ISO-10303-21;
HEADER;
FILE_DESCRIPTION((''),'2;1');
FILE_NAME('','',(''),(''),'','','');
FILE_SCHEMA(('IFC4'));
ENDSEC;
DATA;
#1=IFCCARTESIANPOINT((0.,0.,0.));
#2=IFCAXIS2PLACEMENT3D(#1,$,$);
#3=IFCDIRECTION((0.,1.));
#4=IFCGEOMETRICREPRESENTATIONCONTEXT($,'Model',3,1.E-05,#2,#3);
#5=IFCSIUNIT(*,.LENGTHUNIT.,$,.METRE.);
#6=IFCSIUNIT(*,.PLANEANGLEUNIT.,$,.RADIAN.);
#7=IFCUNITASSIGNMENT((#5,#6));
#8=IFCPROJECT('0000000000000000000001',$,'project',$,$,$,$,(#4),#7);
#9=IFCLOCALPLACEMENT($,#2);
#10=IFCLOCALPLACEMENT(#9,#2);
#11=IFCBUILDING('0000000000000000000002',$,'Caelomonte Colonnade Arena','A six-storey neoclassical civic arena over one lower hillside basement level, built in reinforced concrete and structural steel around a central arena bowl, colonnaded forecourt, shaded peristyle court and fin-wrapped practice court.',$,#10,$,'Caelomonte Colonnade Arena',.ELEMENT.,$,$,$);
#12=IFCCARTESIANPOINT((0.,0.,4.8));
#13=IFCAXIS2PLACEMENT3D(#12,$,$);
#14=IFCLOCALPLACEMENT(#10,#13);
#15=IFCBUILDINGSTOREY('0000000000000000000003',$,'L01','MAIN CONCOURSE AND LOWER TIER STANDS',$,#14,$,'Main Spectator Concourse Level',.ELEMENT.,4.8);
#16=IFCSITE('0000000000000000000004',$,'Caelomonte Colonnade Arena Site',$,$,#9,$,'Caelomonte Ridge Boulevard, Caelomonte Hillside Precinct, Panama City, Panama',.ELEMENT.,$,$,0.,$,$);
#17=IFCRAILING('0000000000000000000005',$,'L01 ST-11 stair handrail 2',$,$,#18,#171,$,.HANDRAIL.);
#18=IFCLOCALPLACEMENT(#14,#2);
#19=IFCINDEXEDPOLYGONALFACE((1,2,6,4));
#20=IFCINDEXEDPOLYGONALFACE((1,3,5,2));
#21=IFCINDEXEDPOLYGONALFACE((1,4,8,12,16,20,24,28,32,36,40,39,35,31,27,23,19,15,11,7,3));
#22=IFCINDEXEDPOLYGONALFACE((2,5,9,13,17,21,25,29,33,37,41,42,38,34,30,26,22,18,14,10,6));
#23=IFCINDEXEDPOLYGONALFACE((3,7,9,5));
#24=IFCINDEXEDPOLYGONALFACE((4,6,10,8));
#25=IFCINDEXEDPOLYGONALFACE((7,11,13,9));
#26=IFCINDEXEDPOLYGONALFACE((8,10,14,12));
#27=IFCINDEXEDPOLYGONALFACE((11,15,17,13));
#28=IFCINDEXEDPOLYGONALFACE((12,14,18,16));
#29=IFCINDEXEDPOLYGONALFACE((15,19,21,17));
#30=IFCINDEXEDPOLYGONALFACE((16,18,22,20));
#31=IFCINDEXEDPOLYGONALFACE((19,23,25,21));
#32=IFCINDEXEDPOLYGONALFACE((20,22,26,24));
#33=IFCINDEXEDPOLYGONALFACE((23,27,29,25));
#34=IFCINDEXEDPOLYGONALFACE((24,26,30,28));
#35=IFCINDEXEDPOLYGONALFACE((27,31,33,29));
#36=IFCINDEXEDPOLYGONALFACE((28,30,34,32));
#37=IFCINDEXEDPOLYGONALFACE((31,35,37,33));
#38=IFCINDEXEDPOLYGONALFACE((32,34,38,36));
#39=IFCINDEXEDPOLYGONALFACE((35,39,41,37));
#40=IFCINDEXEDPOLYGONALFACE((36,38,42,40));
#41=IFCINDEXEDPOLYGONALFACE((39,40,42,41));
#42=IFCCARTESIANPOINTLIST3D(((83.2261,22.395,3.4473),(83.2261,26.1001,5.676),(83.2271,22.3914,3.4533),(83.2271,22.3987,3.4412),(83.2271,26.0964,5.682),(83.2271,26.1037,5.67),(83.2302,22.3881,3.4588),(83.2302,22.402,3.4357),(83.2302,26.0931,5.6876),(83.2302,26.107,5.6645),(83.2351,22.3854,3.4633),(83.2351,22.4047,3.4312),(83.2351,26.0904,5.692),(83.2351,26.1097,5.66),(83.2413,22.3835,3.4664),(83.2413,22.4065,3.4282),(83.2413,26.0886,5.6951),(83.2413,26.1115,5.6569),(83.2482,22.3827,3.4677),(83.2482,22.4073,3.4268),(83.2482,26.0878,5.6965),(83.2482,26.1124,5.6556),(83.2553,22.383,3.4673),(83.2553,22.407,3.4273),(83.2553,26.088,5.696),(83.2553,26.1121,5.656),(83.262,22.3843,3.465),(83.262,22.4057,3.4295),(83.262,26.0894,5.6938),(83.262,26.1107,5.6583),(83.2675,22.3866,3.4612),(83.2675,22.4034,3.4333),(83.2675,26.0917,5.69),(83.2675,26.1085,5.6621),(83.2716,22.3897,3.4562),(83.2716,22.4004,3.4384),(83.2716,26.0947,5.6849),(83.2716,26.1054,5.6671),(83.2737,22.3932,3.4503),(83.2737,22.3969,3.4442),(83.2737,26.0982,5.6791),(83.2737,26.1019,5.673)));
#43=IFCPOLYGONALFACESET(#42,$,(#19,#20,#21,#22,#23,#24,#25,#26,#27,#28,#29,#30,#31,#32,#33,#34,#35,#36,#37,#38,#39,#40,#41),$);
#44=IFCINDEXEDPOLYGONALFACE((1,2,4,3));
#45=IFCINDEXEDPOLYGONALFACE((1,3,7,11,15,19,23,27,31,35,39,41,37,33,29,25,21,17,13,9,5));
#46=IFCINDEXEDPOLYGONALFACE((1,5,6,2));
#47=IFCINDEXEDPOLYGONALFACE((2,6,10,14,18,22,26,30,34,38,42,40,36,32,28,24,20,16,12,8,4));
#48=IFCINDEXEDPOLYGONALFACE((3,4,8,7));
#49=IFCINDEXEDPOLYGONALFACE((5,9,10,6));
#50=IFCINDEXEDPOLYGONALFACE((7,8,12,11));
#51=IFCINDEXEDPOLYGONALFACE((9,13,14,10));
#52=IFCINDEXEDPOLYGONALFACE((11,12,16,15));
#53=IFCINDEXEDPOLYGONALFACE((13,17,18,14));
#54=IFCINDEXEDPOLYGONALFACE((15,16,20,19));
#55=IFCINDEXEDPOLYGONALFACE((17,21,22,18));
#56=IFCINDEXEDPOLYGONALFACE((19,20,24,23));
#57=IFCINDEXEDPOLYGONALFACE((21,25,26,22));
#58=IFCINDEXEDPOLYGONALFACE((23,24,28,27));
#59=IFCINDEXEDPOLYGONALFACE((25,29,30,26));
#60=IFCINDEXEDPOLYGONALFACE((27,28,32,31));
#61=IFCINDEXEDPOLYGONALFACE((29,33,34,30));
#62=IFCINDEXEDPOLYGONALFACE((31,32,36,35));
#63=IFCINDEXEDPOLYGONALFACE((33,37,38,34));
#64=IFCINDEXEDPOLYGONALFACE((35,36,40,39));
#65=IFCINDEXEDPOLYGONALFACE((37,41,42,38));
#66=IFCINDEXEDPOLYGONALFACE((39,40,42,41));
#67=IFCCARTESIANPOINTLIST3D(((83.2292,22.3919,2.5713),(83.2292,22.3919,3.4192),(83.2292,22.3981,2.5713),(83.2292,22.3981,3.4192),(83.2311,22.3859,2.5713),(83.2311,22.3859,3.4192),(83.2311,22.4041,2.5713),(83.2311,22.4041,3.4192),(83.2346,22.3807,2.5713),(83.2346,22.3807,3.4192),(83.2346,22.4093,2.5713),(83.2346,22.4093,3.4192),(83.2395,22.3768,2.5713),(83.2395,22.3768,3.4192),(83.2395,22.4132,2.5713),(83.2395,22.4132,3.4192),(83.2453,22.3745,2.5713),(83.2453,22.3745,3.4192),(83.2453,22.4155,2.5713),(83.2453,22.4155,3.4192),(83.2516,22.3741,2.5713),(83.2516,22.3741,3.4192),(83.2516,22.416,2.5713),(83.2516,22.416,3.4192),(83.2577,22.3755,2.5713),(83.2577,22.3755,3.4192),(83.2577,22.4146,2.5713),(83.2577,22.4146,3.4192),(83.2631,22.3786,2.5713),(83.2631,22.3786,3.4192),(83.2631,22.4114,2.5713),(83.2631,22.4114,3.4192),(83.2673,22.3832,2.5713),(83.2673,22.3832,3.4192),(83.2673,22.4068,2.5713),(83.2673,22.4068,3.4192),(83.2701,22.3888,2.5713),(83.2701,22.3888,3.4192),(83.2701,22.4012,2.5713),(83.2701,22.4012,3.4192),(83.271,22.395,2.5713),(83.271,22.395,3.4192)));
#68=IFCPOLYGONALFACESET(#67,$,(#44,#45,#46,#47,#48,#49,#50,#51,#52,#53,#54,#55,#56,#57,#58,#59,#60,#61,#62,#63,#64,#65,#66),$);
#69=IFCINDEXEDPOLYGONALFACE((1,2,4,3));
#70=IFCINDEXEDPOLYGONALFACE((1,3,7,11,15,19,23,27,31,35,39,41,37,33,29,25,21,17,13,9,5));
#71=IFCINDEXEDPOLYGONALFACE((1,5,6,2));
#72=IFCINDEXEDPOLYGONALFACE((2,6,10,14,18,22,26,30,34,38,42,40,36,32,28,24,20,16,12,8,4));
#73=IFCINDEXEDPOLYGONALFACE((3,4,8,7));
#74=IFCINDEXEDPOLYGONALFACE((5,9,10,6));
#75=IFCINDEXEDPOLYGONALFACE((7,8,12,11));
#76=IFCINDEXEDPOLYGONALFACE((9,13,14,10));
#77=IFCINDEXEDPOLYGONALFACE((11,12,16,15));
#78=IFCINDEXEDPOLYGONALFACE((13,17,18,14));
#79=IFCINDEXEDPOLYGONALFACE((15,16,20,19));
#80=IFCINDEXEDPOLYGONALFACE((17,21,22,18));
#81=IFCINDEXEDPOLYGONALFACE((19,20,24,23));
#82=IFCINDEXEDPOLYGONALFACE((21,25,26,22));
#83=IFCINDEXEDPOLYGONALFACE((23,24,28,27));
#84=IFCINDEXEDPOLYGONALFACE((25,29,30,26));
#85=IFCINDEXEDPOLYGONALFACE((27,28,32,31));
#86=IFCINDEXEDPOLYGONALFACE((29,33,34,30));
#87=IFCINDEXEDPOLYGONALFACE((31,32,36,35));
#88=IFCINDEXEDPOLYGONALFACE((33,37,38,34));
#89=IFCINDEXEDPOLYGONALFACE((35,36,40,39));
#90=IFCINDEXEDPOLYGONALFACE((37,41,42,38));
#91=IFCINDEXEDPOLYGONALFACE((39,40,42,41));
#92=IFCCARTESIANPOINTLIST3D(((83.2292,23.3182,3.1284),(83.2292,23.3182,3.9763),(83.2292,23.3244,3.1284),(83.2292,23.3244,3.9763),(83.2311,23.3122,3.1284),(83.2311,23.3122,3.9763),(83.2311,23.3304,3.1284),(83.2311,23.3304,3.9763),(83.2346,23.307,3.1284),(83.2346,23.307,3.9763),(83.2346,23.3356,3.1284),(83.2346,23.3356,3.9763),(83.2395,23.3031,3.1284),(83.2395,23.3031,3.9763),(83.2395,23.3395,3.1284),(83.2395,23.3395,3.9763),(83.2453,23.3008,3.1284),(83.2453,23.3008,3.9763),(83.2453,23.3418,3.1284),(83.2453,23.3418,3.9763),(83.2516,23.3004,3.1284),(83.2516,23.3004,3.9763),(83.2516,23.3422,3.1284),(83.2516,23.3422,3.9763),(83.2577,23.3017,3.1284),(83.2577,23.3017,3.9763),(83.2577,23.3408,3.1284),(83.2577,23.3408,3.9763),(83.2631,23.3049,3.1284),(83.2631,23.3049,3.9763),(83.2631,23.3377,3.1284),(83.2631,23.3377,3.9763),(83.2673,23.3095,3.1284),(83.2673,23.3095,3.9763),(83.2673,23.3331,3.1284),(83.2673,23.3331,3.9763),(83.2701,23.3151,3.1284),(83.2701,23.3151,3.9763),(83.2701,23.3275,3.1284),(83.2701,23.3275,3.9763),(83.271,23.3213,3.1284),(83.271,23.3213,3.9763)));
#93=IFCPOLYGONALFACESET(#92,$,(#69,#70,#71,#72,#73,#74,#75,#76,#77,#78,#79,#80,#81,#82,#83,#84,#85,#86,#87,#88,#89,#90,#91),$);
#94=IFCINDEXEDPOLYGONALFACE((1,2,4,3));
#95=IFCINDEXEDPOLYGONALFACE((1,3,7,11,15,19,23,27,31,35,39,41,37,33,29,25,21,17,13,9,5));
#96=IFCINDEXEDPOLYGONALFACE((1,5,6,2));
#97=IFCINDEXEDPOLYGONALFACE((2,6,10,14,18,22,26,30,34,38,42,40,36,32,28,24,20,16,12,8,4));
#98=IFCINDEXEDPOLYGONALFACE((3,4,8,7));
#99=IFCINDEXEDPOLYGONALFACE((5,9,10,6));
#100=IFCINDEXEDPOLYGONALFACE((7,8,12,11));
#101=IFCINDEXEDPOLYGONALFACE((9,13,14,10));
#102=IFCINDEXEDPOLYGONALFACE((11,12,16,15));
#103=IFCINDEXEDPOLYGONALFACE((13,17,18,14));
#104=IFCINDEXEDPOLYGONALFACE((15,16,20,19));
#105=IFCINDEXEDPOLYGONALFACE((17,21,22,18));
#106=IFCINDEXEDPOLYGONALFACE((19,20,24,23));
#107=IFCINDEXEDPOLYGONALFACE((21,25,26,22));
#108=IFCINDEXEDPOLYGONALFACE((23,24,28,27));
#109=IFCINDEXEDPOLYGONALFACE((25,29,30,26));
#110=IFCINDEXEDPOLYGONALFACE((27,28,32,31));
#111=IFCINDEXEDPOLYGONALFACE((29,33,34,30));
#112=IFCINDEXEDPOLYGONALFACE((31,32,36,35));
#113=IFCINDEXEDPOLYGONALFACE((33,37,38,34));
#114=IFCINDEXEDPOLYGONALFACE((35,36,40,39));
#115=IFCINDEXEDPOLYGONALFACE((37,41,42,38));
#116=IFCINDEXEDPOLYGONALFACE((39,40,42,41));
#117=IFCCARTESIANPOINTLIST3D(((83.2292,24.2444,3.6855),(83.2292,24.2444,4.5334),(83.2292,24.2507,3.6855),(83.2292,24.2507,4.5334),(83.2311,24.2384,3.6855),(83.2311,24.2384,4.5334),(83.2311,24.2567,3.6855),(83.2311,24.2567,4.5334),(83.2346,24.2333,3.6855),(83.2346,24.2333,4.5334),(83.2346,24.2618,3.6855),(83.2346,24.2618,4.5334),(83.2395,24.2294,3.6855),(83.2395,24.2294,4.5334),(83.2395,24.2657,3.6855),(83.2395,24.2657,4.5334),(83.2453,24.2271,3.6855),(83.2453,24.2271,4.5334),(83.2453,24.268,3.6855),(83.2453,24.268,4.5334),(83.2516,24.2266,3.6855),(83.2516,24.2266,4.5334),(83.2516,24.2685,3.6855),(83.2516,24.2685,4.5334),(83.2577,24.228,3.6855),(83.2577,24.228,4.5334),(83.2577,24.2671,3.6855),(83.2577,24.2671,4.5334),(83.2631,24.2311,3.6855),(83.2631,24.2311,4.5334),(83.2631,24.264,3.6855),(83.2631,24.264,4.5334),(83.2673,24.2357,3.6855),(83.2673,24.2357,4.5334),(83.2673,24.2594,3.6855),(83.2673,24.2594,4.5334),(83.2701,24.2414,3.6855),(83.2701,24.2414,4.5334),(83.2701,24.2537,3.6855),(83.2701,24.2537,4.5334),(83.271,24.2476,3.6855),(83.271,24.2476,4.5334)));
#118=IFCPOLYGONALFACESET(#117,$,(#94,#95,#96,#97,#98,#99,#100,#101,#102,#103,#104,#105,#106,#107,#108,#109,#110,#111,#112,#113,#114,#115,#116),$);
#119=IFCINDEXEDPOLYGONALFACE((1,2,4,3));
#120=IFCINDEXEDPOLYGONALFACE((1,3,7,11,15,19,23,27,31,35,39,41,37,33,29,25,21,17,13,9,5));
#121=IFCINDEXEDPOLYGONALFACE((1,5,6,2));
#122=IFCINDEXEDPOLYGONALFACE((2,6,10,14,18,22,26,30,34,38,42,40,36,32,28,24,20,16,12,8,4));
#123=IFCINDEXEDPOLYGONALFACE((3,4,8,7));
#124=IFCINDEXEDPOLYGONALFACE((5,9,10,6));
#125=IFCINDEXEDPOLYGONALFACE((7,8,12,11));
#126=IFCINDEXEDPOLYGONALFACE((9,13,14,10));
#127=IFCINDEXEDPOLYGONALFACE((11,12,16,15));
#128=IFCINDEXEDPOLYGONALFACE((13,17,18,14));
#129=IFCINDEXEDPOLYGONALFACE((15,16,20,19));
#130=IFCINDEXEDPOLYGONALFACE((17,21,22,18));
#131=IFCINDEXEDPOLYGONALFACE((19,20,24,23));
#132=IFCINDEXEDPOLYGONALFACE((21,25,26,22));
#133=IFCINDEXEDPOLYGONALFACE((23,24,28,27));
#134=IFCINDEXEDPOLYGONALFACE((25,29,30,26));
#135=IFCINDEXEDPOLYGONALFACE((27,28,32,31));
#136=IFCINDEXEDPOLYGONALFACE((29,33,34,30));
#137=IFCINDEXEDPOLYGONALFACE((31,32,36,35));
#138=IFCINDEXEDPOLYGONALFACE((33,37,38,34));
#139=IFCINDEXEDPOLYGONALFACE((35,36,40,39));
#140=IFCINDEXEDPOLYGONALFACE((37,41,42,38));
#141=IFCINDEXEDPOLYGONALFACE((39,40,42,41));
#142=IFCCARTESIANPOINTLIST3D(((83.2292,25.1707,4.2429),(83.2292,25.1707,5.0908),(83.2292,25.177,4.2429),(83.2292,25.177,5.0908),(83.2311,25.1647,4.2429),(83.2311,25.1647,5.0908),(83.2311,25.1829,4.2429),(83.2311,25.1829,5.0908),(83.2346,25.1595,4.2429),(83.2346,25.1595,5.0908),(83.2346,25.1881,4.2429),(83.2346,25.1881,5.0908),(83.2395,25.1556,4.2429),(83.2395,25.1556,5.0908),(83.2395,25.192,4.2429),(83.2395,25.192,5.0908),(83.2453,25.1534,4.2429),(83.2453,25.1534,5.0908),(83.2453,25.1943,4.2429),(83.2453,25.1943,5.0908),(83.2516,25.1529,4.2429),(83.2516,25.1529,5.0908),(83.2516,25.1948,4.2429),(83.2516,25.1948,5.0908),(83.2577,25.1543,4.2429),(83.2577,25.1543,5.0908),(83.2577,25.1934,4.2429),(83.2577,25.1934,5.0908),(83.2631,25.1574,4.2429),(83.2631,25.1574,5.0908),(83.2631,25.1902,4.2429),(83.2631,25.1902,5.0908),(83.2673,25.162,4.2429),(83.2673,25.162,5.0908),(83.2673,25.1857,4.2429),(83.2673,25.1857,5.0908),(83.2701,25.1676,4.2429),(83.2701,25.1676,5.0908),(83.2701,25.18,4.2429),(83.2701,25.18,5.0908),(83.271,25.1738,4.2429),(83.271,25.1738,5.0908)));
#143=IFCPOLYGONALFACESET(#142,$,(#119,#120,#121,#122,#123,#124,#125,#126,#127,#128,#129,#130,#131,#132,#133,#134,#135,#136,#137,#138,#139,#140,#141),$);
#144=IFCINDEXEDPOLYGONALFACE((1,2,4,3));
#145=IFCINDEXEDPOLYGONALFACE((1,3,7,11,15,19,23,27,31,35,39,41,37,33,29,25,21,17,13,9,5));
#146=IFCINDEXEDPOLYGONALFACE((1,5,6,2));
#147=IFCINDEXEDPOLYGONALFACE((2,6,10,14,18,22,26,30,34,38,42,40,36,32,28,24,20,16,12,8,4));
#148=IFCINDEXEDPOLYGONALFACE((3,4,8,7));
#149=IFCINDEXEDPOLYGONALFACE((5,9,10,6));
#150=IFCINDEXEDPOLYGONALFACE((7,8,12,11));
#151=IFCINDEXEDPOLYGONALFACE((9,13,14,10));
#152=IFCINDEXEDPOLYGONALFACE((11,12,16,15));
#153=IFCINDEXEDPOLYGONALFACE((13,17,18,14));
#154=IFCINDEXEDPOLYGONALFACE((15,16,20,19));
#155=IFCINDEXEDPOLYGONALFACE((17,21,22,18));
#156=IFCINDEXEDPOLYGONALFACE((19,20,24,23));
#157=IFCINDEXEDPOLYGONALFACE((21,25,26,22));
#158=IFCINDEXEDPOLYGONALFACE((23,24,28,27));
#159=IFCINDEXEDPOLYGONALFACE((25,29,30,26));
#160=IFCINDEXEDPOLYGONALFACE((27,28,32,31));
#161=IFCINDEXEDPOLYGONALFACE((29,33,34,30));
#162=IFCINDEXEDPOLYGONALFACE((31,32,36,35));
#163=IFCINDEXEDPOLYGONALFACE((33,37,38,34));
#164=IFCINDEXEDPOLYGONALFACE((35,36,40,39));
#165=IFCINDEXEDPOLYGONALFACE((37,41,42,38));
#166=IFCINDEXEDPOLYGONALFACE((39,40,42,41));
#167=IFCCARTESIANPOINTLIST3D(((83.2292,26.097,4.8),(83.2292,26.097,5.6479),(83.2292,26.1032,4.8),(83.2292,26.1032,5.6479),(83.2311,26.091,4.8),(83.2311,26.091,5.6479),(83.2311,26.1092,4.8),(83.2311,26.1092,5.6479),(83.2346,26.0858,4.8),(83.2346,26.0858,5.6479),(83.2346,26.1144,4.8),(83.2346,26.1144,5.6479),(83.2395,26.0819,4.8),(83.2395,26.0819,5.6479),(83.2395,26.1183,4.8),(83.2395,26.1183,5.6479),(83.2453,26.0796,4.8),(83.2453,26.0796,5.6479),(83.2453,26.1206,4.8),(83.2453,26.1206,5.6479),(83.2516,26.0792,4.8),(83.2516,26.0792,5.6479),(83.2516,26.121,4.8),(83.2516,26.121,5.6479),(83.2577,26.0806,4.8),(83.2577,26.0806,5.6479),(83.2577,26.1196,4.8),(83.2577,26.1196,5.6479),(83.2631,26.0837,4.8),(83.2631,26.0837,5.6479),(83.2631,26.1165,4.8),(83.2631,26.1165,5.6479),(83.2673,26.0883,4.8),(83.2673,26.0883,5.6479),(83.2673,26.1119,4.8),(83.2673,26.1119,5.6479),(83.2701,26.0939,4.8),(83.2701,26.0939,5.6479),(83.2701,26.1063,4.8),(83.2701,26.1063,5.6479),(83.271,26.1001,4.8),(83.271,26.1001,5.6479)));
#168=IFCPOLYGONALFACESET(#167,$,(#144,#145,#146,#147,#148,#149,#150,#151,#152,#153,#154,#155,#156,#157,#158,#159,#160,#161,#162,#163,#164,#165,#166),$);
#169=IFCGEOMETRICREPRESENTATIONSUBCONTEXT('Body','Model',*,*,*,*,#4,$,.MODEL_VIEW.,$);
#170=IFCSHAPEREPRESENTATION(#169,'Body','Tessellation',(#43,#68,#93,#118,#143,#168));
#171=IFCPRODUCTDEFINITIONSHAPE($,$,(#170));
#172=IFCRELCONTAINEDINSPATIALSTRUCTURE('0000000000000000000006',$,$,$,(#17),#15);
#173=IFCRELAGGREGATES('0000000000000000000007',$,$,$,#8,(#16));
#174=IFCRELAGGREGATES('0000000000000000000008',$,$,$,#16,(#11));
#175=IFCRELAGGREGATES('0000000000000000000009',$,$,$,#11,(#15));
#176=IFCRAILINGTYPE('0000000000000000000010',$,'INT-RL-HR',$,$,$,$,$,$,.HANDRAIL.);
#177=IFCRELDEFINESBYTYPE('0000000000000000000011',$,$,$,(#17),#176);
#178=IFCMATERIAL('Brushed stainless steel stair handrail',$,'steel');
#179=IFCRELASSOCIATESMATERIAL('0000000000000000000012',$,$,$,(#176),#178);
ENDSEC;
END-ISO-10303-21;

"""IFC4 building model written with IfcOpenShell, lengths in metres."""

from ifc_helpers import new_model, si_unit, direction, frame, origin, origin_2d, place, context, subcontext, project, spatial, circle, extrude, material, type_object, element, save


model = new_model("IFC4")

# Units and contexts
model_context = context("Model", 3, precision=1e-05, world=origin(), true_north=direction((0.0, 1.0)))
body_context = subcontext(model_context, "Body", "Model", "MODEL_VIEW")
ifc_project = project(units=[si_unit("LENGTHUNIT", "METRE"), si_unit("PLANEANGLEUNIT", "RADIAN")], contexts=[model_context])

# Site, building, storey
site_placement = place(None, origin())
site = spatial("IfcSite", under=ifc_project, at=site_placement, Name="Caelomonte Colonnade Arena Site", LongName="Caelomonte Ridge Boulevard, Caelomonte Hillside Precinct, Panama City, Panama", CompositionType="ELEMENT", RefElevation=0.0)
building_placement = place(site_placement, origin())
building = spatial("IfcBuilding", under=site, at=building_placement, Name="Caelomonte Colonnade Arena", Description="A six-storey neoclassical civic arena over one lower hillside basement level, built in reinforced concrete and structural steel around a central arena bowl, colonnaded forecourt, shaded peristyle court and fin-wrapped practice court.", LongName="Caelomonte Colonnade Arena", CompositionType="ELEMENT")
storey_placement = place(building_placement, frame((0.0, 0.0, 4.8)))
storey = spatial("IfcBuildingStorey", under=building, at=storey_placement, Name="L01", Description="MAIN CONCOURSE AND LOWER TIER STANDS", LongName="Main Spectator Concourse Level", CompositionType="ELEMENT", Elevation=4.8)

# Railing
ifc_material_1 = material(Name="Brushed stainless steel stair handrail", Category="steel")
railing_type_1 = type_object("IfcRailingType", Name="INT-RL-HR", PredefinedType="HANDRAIL", material=ifc_material_1)
railing_1_placement = place(storey_placement, frame((83.25, 22.395, 2.5713)))
element("IfcRailing", 1, at=railing_1_placement, inside=storey, type_object=railing_type_1, Name="L01 ST-11 stair handrail 2", PredefinedType="HANDRAIL", context=body_context, shape_type="SweptSolid", body=[
    extrude(circle(Radius=0.0239, at=origin_2d()), frame((0.0, 0.0, 0.876), z_axis=(0.0, 0.856909, 0.515467), x_axis=(-1.0, 0.0, 0.0)), (0.0, 0.0, 1.0), 4.3237),
    extrude(circle(Radius=0.021, at=origin_2d()), origin(), (0.0, 0.0, 1.0), 0.8479),
    extrude(circle(Radius=0.021, at=origin_2d()), frame((0.0, 0.9263, 0.5571)), (0.0, 0.0, 1.0), 0.8479),
    extrude(circle(Radius=0.021, at=origin_2d()), frame((0.0, 1.8525, 1.1143)), (0.0, 0.0, 1.0), 0.8479),
    extrude(circle(Radius=0.021, at=origin_2d()), frame((0.0, 2.7788, 1.6716)), (0.0, 0.0, 1.0), 0.8479),
    extrude(circle(Radius=0.021, at=origin_2d()), frame((0.0, 3.7051, 2.2288)), (0.0, 0.0, 1.0), 0.8479),
])

save(model, "model.ifc")
